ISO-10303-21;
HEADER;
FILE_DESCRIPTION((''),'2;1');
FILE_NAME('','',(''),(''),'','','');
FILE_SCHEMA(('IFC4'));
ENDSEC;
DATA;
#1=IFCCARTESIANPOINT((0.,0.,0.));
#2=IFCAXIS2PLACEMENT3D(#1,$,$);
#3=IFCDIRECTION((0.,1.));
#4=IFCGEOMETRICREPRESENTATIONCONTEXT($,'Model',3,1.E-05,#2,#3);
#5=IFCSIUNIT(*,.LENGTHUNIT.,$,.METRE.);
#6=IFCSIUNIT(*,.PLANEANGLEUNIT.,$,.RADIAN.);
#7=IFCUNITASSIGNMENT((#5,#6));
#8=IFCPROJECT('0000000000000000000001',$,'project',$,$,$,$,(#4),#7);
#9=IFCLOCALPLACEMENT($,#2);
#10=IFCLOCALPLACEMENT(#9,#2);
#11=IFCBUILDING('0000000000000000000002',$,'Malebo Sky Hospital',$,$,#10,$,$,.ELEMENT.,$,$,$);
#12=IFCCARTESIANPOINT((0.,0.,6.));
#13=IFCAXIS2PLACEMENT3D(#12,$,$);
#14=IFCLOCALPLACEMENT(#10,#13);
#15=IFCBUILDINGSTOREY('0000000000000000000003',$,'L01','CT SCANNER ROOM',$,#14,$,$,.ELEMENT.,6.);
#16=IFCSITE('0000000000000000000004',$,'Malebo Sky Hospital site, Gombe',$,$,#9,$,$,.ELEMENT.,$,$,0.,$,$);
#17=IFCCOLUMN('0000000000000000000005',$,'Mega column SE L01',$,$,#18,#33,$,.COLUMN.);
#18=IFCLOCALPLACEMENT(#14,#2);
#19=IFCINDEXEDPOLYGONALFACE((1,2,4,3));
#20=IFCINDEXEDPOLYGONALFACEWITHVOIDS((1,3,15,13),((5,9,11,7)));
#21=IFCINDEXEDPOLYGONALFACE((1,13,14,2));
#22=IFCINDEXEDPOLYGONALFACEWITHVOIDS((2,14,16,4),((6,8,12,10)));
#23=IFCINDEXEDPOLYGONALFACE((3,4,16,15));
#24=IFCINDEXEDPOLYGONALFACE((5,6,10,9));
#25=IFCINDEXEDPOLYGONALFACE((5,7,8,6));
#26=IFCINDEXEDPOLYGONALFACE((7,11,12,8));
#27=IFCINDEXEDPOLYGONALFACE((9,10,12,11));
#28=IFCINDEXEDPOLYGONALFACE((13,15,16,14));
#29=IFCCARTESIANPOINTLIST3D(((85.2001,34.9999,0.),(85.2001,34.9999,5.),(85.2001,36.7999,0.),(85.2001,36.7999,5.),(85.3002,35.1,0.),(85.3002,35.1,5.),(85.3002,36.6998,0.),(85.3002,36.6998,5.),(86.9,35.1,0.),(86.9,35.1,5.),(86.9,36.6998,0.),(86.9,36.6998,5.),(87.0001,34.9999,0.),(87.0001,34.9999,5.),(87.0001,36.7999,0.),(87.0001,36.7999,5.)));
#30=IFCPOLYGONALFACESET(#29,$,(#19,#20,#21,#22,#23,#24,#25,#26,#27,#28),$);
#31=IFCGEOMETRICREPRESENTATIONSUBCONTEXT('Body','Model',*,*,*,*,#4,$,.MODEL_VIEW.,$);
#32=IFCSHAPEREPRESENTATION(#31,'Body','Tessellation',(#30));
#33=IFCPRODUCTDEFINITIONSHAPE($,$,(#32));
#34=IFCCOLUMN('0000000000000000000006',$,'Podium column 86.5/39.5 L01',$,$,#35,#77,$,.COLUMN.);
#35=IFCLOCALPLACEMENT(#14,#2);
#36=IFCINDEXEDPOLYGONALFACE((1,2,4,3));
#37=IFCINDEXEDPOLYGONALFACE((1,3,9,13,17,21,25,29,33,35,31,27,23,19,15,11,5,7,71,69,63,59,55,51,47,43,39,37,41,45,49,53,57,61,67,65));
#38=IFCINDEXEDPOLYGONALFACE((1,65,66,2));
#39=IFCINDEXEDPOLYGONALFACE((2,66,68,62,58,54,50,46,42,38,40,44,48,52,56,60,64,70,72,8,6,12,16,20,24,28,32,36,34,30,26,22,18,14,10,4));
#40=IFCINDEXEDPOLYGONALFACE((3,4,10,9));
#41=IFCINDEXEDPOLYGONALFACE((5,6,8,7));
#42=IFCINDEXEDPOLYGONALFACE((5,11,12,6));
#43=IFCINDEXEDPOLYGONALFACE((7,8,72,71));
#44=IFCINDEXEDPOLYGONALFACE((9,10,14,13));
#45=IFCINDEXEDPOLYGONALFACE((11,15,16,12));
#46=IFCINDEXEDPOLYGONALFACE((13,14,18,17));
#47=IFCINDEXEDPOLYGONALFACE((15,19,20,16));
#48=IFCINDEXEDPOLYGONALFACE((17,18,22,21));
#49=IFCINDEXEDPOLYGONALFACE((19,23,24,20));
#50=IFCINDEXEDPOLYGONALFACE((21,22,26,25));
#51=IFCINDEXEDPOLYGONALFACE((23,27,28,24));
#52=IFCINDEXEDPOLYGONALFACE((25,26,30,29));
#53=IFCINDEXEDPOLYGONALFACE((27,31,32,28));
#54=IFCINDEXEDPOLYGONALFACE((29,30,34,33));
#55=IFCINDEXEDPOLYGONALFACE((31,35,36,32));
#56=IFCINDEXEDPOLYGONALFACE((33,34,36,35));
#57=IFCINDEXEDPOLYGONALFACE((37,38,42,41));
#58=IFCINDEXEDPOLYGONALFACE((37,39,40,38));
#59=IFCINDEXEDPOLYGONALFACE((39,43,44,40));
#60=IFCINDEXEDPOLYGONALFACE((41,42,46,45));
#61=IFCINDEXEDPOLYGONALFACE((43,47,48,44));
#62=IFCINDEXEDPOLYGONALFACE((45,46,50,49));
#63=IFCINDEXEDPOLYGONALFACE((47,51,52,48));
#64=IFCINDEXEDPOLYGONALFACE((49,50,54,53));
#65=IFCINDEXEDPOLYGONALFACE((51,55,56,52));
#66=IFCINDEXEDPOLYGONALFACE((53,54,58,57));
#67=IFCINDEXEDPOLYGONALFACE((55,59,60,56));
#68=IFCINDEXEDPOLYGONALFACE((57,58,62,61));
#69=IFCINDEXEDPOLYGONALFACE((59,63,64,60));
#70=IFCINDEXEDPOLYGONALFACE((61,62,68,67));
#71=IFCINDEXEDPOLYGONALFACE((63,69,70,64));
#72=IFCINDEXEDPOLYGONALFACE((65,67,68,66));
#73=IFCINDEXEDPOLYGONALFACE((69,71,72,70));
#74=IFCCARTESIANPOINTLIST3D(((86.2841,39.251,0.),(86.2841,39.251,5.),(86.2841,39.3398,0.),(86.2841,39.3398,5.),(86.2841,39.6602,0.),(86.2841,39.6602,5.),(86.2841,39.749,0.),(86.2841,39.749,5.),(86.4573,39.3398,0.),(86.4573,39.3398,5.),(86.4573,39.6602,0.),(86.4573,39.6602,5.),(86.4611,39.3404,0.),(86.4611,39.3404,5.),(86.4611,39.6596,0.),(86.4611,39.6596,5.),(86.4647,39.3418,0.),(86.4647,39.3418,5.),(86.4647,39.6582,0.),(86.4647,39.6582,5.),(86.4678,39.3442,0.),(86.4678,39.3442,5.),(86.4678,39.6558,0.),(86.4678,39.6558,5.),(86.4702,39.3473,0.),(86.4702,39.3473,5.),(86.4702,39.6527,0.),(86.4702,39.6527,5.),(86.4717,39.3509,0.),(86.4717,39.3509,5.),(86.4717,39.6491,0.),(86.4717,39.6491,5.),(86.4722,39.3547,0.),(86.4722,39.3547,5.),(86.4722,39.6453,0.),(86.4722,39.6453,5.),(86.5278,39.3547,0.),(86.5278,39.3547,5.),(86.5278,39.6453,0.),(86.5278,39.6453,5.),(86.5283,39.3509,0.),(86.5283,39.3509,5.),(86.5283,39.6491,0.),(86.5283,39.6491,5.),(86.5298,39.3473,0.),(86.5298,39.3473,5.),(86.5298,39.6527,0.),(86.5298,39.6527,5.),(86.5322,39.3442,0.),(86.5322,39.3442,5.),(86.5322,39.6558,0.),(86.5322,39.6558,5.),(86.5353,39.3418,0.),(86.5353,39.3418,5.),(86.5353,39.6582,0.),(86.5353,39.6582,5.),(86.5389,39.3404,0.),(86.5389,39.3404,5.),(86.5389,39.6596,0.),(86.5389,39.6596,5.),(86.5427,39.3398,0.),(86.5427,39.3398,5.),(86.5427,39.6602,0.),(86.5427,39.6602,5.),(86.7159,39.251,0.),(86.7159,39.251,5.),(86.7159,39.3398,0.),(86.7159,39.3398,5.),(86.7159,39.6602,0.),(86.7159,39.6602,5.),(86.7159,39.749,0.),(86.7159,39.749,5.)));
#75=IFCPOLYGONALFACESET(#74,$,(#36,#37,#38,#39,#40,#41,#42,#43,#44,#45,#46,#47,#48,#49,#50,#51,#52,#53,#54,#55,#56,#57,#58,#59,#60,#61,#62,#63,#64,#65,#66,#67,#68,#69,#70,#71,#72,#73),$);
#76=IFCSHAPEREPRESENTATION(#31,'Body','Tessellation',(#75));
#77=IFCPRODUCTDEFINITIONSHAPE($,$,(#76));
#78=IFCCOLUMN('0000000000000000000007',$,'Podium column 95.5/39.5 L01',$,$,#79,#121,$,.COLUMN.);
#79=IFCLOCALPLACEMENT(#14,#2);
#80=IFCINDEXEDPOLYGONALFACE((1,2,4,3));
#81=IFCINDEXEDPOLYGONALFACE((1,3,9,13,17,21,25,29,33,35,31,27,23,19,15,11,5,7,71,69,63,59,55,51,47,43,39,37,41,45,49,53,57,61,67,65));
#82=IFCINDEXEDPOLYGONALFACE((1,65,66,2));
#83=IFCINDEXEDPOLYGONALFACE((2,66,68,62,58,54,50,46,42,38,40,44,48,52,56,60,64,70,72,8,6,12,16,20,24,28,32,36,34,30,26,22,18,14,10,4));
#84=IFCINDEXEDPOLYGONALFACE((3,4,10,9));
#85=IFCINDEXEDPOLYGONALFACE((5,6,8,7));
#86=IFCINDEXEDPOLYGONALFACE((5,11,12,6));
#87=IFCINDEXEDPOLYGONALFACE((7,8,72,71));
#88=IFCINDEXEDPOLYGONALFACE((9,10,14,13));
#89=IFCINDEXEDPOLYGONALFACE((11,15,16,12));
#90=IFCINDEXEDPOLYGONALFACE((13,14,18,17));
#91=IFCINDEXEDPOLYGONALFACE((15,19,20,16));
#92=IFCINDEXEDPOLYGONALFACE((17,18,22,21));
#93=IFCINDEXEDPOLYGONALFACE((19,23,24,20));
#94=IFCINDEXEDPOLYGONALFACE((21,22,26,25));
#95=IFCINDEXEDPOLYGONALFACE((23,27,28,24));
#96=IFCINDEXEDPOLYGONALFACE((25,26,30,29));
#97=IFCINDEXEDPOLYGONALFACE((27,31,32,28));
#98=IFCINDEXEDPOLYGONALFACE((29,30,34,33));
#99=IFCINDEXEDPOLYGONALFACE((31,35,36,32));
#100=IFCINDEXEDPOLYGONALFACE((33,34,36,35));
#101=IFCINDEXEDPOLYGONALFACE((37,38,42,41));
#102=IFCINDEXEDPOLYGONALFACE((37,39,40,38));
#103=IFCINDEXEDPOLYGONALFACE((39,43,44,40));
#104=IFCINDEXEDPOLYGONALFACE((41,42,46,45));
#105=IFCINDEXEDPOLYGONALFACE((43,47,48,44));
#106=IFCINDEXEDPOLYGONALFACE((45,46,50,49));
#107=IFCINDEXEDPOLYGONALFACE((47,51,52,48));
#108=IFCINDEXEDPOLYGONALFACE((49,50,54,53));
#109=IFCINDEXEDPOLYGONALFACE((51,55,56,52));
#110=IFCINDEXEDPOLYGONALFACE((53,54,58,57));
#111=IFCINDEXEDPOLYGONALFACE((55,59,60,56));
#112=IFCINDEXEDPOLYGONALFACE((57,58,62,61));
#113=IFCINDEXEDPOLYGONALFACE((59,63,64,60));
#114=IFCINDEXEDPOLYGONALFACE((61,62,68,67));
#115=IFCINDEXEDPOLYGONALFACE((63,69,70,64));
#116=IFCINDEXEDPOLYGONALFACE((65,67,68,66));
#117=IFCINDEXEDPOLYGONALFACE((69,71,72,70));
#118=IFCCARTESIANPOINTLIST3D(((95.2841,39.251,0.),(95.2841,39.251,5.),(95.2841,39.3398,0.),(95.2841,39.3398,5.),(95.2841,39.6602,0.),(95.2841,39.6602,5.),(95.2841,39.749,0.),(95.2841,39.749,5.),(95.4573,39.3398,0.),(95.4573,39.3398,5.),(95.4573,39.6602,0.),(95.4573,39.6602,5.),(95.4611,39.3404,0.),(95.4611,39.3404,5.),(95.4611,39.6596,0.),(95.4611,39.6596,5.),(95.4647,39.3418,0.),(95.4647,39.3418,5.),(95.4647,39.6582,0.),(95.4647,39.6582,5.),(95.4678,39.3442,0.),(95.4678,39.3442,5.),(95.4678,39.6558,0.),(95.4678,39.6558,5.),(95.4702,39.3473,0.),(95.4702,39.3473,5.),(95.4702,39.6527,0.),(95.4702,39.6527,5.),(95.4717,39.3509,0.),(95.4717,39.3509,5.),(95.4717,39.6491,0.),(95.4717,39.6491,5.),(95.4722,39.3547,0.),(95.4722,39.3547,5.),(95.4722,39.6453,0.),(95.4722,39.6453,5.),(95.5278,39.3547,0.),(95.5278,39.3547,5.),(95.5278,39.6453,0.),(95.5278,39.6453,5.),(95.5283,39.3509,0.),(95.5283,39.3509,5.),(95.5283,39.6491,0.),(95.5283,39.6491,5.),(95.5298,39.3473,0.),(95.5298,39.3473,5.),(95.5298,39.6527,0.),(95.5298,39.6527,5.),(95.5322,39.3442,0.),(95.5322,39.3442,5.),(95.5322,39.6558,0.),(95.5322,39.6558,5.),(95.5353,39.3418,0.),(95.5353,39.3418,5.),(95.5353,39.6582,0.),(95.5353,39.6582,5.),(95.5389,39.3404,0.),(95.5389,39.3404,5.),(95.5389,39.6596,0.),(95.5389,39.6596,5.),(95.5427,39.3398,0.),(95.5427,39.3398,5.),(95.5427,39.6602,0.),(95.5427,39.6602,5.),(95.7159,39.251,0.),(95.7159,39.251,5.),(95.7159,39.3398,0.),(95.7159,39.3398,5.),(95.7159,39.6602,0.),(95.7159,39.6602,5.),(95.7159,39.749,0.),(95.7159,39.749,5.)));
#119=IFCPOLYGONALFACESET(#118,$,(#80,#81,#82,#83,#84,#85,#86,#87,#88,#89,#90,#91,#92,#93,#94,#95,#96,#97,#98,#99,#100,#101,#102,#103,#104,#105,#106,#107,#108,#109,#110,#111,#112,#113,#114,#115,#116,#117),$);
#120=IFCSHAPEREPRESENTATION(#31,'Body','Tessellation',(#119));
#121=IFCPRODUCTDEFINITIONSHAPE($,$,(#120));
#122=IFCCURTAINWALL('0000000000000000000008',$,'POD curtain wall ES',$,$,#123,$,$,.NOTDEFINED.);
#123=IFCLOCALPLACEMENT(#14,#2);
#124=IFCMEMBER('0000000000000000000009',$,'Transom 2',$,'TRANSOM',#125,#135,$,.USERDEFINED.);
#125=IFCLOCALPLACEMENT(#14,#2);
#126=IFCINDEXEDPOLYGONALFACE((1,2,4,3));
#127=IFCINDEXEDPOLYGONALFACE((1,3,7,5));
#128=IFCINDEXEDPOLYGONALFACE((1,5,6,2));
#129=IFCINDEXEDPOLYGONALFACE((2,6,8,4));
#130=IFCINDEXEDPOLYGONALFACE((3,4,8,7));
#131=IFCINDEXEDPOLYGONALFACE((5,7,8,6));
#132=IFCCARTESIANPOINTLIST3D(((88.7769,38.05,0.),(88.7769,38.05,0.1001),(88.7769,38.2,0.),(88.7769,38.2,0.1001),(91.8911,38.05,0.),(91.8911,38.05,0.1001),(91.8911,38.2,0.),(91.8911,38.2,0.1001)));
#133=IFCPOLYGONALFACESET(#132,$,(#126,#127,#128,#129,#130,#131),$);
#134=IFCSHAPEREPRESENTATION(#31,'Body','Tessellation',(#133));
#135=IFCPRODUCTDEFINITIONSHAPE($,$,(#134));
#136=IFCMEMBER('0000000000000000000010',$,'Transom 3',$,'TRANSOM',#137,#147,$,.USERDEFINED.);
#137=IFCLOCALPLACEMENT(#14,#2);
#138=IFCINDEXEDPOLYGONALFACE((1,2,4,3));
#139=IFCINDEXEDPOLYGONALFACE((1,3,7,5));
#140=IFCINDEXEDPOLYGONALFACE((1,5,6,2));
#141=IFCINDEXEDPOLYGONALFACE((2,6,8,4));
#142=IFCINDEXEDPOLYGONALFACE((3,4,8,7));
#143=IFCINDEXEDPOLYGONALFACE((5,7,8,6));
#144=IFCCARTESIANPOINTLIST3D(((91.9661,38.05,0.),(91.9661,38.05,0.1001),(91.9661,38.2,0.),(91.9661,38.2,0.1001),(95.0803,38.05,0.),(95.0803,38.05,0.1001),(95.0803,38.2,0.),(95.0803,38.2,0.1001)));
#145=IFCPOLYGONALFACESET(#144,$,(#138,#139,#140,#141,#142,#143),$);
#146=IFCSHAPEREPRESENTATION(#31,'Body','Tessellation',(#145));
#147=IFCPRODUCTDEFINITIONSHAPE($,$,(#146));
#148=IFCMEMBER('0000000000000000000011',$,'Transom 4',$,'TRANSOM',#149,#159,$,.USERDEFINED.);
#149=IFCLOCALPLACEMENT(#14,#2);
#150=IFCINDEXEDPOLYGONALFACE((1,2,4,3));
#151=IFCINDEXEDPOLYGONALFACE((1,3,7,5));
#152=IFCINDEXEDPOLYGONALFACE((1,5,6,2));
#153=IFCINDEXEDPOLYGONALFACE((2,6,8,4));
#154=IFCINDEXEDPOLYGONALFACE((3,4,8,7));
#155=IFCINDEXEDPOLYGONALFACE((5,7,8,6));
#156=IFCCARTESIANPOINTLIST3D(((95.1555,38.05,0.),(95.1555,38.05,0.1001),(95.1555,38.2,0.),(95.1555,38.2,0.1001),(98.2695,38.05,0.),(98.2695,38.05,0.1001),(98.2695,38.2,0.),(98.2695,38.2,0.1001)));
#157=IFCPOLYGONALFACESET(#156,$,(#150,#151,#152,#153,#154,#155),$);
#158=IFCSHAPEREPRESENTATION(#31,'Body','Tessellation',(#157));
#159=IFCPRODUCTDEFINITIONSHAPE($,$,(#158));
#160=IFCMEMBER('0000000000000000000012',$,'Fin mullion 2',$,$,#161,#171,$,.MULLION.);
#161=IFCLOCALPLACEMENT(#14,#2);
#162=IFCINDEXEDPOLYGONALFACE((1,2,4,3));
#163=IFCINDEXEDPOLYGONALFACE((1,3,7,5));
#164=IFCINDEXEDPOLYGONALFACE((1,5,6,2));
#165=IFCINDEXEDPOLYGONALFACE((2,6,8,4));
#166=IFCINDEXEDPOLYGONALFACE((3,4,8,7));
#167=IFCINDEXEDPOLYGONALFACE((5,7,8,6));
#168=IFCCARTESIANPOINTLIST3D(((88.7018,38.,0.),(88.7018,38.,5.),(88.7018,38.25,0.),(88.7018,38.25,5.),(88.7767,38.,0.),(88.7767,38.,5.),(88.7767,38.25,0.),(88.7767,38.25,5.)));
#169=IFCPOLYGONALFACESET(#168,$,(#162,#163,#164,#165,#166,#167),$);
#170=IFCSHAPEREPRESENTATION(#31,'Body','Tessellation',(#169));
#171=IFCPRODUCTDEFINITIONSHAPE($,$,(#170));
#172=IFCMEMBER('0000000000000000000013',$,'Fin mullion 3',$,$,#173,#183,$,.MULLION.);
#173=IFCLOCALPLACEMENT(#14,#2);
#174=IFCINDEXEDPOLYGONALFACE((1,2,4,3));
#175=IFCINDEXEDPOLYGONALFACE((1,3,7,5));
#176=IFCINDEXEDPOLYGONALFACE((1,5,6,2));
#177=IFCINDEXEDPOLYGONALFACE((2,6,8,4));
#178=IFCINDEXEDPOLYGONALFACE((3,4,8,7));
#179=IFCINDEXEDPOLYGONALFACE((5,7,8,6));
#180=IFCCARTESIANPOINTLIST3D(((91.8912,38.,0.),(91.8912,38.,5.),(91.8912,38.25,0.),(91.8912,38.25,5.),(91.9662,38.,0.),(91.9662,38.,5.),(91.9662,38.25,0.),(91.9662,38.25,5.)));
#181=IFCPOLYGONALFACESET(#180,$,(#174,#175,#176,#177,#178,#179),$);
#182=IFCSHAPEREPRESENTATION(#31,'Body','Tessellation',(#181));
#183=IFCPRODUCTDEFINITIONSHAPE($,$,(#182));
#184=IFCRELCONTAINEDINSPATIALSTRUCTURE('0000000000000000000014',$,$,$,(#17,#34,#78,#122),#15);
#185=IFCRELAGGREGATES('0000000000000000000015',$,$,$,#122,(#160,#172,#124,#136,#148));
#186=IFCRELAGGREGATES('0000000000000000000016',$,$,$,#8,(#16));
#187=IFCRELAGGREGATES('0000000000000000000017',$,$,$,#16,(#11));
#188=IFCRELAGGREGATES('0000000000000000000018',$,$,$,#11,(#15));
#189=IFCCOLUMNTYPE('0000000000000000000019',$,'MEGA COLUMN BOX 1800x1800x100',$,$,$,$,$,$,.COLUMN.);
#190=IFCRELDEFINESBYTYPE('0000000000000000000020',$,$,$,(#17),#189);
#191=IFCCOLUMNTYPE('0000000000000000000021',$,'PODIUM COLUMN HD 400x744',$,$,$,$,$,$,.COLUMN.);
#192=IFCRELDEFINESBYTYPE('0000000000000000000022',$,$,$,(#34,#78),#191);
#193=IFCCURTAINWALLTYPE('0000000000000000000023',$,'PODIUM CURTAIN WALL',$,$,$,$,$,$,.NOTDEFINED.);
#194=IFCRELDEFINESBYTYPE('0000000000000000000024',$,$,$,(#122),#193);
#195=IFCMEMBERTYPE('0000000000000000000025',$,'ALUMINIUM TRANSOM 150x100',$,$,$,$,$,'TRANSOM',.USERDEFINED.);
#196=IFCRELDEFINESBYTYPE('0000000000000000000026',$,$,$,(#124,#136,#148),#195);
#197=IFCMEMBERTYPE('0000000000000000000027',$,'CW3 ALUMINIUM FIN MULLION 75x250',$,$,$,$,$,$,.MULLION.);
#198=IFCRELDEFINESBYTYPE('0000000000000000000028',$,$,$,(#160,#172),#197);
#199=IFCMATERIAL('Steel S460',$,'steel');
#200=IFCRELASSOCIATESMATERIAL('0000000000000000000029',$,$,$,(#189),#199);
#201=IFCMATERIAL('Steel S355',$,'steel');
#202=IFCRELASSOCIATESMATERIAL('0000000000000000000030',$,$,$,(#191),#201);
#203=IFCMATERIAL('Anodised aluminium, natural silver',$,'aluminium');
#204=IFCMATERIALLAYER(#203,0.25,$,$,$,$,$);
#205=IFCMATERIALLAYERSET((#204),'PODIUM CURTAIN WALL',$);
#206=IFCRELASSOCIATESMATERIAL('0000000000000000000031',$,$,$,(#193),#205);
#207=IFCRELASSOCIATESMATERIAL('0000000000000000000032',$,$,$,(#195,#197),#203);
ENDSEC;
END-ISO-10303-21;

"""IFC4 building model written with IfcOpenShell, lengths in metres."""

from ifc_helpers import new_model, si_unit, direction, frame, origin, origin_2d, place, context, subcontext, project, spatial, rectangle, hollow_rectangle, i_section, extrude, material, layer, layer_set, material_profile, profile_set, type_object, element, aggregate, save


model = new_model("IFC4")

# Units and contexts
model_context = context("Model", 3, precision=1e-05, world=origin(), true_north=direction((0.0, 1.0)))
body_context = subcontext(model_context, "Body", "Model", "MODEL_VIEW")
ifc_project = project(units=[si_unit("LENGTHUNIT", "METRE"), si_unit("PLANEANGLEUNIT", "RADIAN")], contexts=[model_context])

# Site, building, storey
site_placement = place(None, origin())
site = spatial("IfcSite", under=ifc_project, at=site_placement, Name="Malebo Sky Hospital site, Gombe", CompositionType="ELEMENT", RefElevation=0.0)
building_placement = place(site_placement, origin())
building = spatial("IfcBuilding", under=site, at=building_placement, Name="Malebo Sky Hospital", CompositionType="ELEMENT")
storey_placement = place(building_placement, frame((0.0, 0.0, 6.0)))
storey = spatial("IfcBuildingStorey", under=building, at=storey_placement, Name="L01", Description="CT SCANNER ROOM", CompositionType="ELEMENT", Elevation=6.0)

# Columns
ifc_material_1 = material(Name="Steel S460", Category="steel")
ifc_material_profile_1 = material_profile(ifc_material_1, hollow_rectangle(XDim=1.8, YDim=1.8, WallThickness=0.1001, at=origin_2d()), Name="BOX 1800x1800x100")
ifc_profile_set_1 = profile_set([ifc_material_profile_1], Name="Steel S460")
column_type_1 = type_object("IfcColumnType", Name="MEGA COLUMN BOX 1800x1800x100", PredefinedType="COLUMN", material=ifc_profile_set_1)
column_placement = place(storey_placement, frame((86.1001, 35.8999, 0.0), z_axis=(0.0, 0.0, 1.0), x_axis=(1.0, 0.0, 0.0)))
element("IfcColumn", 1, at=column_placement, inside=storey, type_object=column_type_1, Name="Mega column SE L01", PredefinedType="COLUMN", context=body_context, shape_type="SweptSolid", body=[
    extrude(hollow_rectangle(XDim=1.8, YDim=1.8, WallThickness=0.1001, at=origin_2d()), origin(), (0.0, 0.0, 1.0), 5.0),
])
ifc_material_2 = material(Name="Steel S355", Category="steel")
ifc_material_profile_2 = material_profile(ifc_material_2, i_section(OverallWidth=0.4319, OverallDepth=0.498, WebThickness=0.0557, FlangeThickness=0.0889, FilletRadius=0.0149, at=origin_2d()), Name="HD 400x744")
ifc_profile_set_2 = profile_set([ifc_material_profile_2], Name="Steel S355")
column_type_2 = type_object("IfcColumnType", Name="PODIUM COLUMN HD 400x744", PredefinedType="COLUMN", material=ifc_profile_set_2)
for number, where, z_axis, x_axis, name in (
    (2, (86.5, 39.5, 0.0), (0.0, 0.0, 1.0), (1.0, 0.0, 0.0), "Podium column 86.5/39.5 L01"),
    (3, (95.5, 39.5, 0.0), (0.0, 0.0, 1.0), (1.0, 0.0, 0.0), "Podium column 95.5/39.5 L01"),
):
    element("IfcColumn", number, at=place(storey_placement, frame(where, z_axis=z_axis, x_axis=x_axis)), inside=storey, type_object=column_type_2, Name=name, PredefinedType="COLUMN", context=body_context, shape_type="SweptSolid", body=[
        extrude(i_section(OverallWidth=0.4319, OverallDepth=0.498, WebThickness=0.0557, FlangeThickness=0.0889, FilletRadius=0.0149, at=origin_2d()), origin(), (0.0, 0.0, 1.0), 5.0),
    ])

# Curtain wall, members
ifc_material_3 = material(Name="Anodised aluminium, natural silver", Category="aluminium")
ifc_layer_1 = layer(ifc_material_3, 0.25)
ifc_layer_set_1 = layer_set([ifc_layer_1], Name="PODIUM CURTAIN WALL")
curtain_wall_type = type_object("IfcCurtainWallType", Name="PODIUM CURTAIN WALL", PredefinedType="NOTDEFINED", material=ifc_layer_set_1)
curtain_wall_placement = place(storey_placement, origin())
curtain_wall = element("IfcCurtainWall", 4, at=curtain_wall_placement, inside=storey, type_object=curtain_wall_type, Name="POD curtain wall ES", PredefinedType="NOTDEFINED")
ifc_material_profile_3 = material_profile(ifc_material_3, rectangle(XDim=0.1499, YDim=0.1001, at=origin_2d()), Name="ALUMINIUM TRANSOM 150x100")
ifc_profile_set_3 = profile_set([ifc_material_profile_3], Name="Anodised aluminium, natural silver")
member_type_1 = type_object("IfcMemberType", Name="ALUMINIUM TRANSOM 150x100", ElementType="TRANSOM", PredefinedType="USERDEFINED", material=ifc_profile_set_3)
member_1_placement = place(storey_placement, frame((88.7769, 38.125, 0.05), z_axis=(1.0, 0.0, 0.0), x_axis=(0.0, 1.0, 0.0)))
member_1 = element("IfcMember", 5, at=member_1_placement, type_object=member_type_1, Name="Transom 2", ObjectType="TRANSOM", PredefinedType="USERDEFINED", context=body_context, shape_type="SweptSolid", body=[
    extrude(rectangle(XDim=0.1499, YDim=0.1001, at=origin_2d()), origin(), (0.0, 0.0, 1.0), 3.1143),
])
member_2_placement = place(storey_placement, frame((91.9661, 38.125, 0.05), z_axis=(1.0, 0.0, 0.0), x_axis=(0.0, 1.0, 0.0)))
member_2 = element("IfcMember", 6, at=member_2_placement, type_object=member_type_1, Name="Transom 3", ObjectType="TRANSOM", PredefinedType="USERDEFINED", context=body_context, shape_type="SweptSolid", body=[
    extrude(rectangle(XDim=0.1499, YDim=0.1001, at=origin_2d()), origin(), (0.0, 0.0, 1.0), 3.1143),
])
member_3_placement = place(storey_placement, frame((95.1555, 38.125, 0.05), z_axis=(1.0, 0.0, 0.0), x_axis=(0.0, 1.0, 0.0)))
member_3 = element("IfcMember", 7, at=member_3_placement, type_object=member_type_1, Name="Transom 4", ObjectType="TRANSOM", PredefinedType="USERDEFINED", context=body_context, shape_type="SweptSolid", body=[
    extrude(rectangle(XDim=0.1499, YDim=0.1001, at=origin_2d()), origin(), (0.0, 0.0, 1.0), 3.114),
])
ifc_material_profile_4 = material_profile(ifc_material_3, rectangle(XDim=0.075, YDim=0.25, at=origin_2d()), Name="CW3 ALUMINIUM FIN MULLION 75x250")
ifc_profile_set_4 = profile_set([ifc_material_profile_4], Name="Anodised aluminium, natural silver")
member_type_2 = type_object("IfcMemberType", Name="CW3 ALUMINIUM FIN MULLION 75x250", PredefinedType="MULLION", material=ifc_profile_set_4)
member_4_placement = place(storey_placement, frame((88.7393, 38.125, 0.0), z_axis=(0.0, 0.0, 1.0), x_axis=(1.0, 0.0, 0.0)))
member_4 = element("IfcMember", 8, at=member_4_placement, type_object=member_type_2, Name="Fin mullion 2", PredefinedType="MULLION", context=body_context, shape_type="SweptSolid", body=[
    extrude(rectangle(XDim=0.075, YDim=0.25, at=origin_2d()), origin(), (0.0, 0.0, 1.0), 5.0),
])
member_5_placement = place(storey_placement, frame((91.9287, 38.125, 0.0), z_axis=(0.0, 0.0, 1.0), x_axis=(1.0, 0.0, 0.0)))
member_5 = element("IfcMember", 9, at=member_5_placement, type_object=member_type_2, Name="Fin mullion 3", PredefinedType="MULLION", context=body_context, shape_type="SweptSolid", body=[
    extrude(rectangle(XDim=0.075, YDim=0.25, at=origin_2d()), origin(), (0.0, 0.0, 1.0), 5.0),
])

aggregate(curtain_wall, [member_4, member_5, member_1, member_2, member_3])

save(model, "model.ifc")
